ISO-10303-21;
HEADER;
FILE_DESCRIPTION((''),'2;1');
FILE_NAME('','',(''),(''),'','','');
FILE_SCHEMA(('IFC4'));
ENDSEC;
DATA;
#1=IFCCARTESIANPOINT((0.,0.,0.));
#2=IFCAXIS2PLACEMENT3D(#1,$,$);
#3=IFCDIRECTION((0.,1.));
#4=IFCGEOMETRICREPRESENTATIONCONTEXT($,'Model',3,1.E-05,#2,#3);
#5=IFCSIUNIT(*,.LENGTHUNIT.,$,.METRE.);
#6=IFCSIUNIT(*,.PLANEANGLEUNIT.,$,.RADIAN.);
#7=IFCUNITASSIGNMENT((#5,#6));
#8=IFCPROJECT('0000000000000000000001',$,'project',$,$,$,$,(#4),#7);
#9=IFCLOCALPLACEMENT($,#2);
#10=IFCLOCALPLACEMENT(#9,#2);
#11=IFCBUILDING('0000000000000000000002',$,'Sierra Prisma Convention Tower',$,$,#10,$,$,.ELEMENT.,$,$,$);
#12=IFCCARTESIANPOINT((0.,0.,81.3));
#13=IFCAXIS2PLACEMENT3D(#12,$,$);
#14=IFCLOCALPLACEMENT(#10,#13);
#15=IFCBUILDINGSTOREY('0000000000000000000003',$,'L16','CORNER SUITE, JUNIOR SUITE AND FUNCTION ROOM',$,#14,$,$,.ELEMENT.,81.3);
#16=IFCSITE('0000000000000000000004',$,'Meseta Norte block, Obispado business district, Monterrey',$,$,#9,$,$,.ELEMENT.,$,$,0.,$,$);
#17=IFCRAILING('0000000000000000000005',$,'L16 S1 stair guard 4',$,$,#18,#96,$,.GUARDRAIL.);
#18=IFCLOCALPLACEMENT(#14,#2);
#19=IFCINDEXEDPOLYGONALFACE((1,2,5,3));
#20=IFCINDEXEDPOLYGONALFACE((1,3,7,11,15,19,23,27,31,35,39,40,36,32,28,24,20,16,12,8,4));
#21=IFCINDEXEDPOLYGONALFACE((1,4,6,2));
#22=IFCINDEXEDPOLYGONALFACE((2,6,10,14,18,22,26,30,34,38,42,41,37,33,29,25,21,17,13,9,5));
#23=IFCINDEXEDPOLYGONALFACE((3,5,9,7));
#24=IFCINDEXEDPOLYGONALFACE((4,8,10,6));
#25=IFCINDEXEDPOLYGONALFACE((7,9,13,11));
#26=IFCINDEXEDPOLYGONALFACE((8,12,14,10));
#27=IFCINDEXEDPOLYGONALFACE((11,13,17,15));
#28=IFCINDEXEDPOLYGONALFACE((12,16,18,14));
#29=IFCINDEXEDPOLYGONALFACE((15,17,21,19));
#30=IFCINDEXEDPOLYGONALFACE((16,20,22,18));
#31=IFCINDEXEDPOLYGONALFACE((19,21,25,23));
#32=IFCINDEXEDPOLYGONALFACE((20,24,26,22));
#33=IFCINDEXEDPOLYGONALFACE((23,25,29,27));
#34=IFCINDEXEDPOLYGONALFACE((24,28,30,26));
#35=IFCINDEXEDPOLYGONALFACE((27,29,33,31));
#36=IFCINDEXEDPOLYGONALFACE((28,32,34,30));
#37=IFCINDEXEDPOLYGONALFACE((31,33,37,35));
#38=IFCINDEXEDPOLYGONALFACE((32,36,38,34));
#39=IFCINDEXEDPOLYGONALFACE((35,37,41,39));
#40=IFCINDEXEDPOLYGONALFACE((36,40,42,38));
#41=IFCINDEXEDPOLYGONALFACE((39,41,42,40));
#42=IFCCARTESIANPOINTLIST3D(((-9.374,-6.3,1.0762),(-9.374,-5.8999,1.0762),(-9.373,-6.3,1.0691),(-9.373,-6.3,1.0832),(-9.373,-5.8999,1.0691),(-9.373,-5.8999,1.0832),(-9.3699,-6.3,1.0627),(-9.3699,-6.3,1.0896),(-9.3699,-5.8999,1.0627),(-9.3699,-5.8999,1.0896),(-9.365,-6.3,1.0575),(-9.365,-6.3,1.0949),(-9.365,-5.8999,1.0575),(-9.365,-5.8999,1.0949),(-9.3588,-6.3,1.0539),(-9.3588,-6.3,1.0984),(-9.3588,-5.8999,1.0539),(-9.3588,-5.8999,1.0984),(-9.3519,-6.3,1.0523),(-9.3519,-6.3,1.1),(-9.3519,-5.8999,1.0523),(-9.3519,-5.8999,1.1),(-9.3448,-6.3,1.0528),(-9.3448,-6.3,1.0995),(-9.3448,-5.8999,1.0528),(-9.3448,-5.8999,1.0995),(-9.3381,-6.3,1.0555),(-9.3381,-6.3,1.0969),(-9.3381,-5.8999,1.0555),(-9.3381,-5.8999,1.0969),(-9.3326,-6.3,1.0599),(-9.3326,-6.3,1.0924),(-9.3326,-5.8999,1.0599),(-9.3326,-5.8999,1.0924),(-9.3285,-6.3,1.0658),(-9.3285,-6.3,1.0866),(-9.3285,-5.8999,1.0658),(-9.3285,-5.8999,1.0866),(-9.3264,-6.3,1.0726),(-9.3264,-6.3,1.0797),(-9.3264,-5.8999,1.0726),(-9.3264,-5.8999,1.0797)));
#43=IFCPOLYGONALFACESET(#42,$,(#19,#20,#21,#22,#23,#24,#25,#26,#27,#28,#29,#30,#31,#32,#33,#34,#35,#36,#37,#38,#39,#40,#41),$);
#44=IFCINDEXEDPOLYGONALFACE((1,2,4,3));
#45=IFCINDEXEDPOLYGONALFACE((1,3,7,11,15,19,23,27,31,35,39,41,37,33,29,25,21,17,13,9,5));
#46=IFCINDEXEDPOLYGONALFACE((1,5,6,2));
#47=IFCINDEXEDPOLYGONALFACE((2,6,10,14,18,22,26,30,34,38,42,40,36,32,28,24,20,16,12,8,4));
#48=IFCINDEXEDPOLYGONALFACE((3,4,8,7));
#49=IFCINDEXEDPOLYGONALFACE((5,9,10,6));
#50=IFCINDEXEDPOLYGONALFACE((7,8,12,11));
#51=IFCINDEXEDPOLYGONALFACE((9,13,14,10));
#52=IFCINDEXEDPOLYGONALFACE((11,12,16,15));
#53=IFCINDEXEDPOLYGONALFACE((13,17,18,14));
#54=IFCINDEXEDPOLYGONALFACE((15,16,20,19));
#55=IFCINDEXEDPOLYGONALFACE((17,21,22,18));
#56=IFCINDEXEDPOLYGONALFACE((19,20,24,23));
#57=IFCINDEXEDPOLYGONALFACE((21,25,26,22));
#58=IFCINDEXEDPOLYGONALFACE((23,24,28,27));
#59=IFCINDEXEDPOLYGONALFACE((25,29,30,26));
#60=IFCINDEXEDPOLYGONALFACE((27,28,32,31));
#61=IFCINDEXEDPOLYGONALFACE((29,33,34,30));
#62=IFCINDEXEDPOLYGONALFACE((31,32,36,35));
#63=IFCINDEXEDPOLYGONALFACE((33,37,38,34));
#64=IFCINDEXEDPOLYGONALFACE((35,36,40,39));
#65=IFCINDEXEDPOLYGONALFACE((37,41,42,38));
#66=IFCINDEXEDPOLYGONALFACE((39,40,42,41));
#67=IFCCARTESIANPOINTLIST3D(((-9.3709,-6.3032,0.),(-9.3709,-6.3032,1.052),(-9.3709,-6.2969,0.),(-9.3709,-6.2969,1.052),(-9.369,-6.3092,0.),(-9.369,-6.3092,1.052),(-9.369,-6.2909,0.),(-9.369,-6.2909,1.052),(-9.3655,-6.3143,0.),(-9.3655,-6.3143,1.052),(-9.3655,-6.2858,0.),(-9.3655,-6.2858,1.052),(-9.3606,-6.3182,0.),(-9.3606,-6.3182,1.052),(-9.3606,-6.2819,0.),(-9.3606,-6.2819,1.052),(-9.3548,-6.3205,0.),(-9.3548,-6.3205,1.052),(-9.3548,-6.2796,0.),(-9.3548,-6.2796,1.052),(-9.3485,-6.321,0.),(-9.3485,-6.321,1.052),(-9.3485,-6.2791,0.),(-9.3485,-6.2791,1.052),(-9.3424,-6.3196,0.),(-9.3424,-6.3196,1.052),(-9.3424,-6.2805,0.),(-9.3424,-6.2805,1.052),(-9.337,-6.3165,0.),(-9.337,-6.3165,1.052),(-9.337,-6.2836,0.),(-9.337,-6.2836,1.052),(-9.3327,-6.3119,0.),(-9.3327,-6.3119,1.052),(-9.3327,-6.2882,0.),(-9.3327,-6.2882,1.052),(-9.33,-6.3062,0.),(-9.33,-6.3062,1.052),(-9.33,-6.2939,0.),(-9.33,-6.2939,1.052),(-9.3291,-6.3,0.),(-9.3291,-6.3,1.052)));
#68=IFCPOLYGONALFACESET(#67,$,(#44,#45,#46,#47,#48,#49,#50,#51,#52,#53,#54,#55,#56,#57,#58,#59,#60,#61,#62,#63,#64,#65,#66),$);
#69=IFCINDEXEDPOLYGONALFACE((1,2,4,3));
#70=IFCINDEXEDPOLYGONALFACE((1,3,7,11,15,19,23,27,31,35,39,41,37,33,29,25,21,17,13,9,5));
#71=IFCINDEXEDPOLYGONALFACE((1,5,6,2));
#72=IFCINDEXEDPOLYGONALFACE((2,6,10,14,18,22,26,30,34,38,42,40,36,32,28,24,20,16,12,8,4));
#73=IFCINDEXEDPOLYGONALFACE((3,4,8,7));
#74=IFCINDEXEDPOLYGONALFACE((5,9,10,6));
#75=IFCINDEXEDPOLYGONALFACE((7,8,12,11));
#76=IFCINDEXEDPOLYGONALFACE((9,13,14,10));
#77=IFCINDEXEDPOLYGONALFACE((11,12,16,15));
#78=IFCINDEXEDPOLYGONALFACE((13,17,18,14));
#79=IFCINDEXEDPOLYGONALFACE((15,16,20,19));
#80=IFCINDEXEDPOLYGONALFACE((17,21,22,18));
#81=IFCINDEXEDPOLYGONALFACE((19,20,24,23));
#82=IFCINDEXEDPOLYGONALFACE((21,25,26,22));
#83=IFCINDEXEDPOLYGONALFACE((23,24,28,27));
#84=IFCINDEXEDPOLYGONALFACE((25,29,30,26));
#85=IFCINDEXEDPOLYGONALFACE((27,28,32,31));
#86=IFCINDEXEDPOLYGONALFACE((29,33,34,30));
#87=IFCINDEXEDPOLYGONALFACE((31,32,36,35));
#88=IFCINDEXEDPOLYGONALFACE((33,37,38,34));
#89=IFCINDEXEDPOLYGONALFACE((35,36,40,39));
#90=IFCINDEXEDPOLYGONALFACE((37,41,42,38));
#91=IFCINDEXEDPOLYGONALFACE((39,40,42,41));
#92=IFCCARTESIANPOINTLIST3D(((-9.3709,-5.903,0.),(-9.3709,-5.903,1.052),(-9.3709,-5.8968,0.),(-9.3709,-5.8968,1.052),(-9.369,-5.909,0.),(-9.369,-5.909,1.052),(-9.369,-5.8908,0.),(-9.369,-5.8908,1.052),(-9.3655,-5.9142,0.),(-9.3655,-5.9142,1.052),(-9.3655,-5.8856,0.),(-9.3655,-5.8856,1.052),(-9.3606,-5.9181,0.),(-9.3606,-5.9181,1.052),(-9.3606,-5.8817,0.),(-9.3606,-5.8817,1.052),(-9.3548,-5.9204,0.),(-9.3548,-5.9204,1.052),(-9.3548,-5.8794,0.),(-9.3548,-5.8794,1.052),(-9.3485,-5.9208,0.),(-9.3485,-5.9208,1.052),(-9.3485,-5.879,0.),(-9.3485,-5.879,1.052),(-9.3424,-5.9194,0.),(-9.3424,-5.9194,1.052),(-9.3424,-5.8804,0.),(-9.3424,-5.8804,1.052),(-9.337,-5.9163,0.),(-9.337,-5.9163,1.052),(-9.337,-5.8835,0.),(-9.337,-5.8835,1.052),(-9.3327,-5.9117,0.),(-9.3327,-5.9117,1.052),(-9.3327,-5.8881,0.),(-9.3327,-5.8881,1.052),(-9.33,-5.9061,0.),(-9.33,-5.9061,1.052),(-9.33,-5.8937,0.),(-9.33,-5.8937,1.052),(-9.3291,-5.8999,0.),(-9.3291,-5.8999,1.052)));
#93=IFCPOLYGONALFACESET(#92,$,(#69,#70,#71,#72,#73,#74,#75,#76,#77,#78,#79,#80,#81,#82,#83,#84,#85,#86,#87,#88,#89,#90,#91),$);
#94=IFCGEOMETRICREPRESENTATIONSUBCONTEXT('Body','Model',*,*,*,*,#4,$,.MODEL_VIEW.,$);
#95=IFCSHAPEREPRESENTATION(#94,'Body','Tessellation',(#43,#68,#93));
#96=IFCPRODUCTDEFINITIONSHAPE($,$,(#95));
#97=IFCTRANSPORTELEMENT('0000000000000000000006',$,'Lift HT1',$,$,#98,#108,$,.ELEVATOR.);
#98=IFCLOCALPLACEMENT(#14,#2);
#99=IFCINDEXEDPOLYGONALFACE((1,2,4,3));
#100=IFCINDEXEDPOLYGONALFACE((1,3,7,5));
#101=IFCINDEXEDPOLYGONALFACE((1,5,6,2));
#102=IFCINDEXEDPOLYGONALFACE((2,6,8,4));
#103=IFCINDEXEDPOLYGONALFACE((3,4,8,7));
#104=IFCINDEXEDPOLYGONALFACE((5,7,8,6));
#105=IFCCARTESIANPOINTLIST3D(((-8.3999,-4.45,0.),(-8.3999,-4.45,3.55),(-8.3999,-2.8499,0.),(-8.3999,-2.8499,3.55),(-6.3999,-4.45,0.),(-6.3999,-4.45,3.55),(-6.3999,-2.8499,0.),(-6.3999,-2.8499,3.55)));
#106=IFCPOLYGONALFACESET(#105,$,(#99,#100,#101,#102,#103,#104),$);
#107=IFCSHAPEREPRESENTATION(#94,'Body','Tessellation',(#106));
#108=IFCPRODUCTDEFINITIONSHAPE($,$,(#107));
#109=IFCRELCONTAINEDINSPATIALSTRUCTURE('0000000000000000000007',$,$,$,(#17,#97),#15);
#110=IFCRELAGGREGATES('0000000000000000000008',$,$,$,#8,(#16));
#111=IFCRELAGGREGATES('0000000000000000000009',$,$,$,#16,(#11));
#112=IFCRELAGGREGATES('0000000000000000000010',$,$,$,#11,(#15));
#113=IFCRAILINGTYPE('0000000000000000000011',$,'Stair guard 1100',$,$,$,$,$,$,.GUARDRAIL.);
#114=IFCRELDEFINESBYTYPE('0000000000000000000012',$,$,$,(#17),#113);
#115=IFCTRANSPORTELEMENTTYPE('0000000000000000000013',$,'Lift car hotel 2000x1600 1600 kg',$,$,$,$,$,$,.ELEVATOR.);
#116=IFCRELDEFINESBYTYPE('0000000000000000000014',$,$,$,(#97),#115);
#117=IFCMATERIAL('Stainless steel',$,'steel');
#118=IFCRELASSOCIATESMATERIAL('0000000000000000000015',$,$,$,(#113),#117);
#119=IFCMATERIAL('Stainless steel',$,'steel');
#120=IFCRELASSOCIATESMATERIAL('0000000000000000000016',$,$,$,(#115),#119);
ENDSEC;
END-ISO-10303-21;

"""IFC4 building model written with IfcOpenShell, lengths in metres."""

from ifc_helpers import new_model, si_unit, direction, frame, origin, origin_2d, place, context, subcontext, project, spatial, rectangle, circle, extrude, material, type_object, element, save


model = new_model("IFC4")

# Units and contexts
model_context = context("Model", 3, precision=1e-05, world=origin(), true_north=direction((0.0, 1.0)))
body_context = subcontext(model_context, "Body", "Model", "MODEL_VIEW")
ifc_project = project(units=[si_unit("LENGTHUNIT", "METRE"), si_unit("PLANEANGLEUNIT", "RADIAN")], contexts=[model_context])

# Site, building, storey
site_placement = place(None, origin())
site = spatial("IfcSite", under=ifc_project, at=site_placement, Name="Meseta Norte block, Obispado business district, Monterrey", CompositionType="ELEMENT", RefElevation=0.0)
building_placement = place(site_placement, origin())
building = spatial("IfcBuilding", under=site, at=building_placement, Name="Sierra Prisma Convention Tower", CompositionType="ELEMENT")
storey_placement = place(building_placement, frame((0.0, 0.0, 81.3)))
storey = spatial("IfcBuildingStorey", under=building, at=storey_placement, Name="L16", Description="CORNER SUITE, JUNIOR SUITE AND FUNCTION ROOM", CompositionType="ELEMENT", Elevation=81.3)

# Railing
ifc_material_1 = material(Name="Stainless steel", Category="steel")
railing_type_1 = type_object("IfcRailingType", Name="Stair guard 1100", PredefinedType="GUARDRAIL", material=ifc_material_1)
railing_1_placement = place(storey_placement, frame((-9.3501, -6.3, 0.0)))
element("IfcRailing", 1, at=railing_1_placement, inside=storey, type_object=railing_type_1, Name="L16 S1 stair guard 4", PredefinedType="GUARDRAIL", context=body_context, shape_type="SweptSolid", body=[
    extrude(circle(Radius=0.0239, at=origin_2d()), frame((0.0, 0.0, 1.0762), z_axis=(0.0, 1.0, 0.0), x_axis=(-1.0, 0.0, 0.0)), (0.0, 0.0, 1.0), 0.4001),
    extrude(circle(Radius=0.021, at=origin_2d()), origin(), (0.0, 0.0, 1.0), 1.052),
    extrude(circle(Radius=0.021, at=origin_2d()), frame((0.0, 0.4001, 0.0)), (0.0, 0.0, 1.0), 1.052),
])

# Transport element
ifc_material_2 = material(Name="Stainless steel", Category="steel")
transport_element_type = type_object("IfcTransportElementType", Name="Lift car hotel 2000x1600 1600 kg", PredefinedType="ELEVATOR", material=ifc_material_2)
transport_element_placement = place(storey_placement, frame((-7.3999, -3.6499, 0.0), z_axis=(0.0, 0.0, 1.0), x_axis=(1.0, 0.0, 0.0)))
element("IfcTransportElement", 2, at=transport_element_placement, inside=storey, type_object=transport_element_type, Name="Lift HT1", PredefinedType="ELEVATOR", context=body_context, shape_type="SweptSolid", body=[
    extrude(rectangle(XDim=2.0, YDim=1.6001, at=origin_2d()), origin(), (0.0, 0.0, 1.0), 3.55),
])

save(model, "model.ifc")
